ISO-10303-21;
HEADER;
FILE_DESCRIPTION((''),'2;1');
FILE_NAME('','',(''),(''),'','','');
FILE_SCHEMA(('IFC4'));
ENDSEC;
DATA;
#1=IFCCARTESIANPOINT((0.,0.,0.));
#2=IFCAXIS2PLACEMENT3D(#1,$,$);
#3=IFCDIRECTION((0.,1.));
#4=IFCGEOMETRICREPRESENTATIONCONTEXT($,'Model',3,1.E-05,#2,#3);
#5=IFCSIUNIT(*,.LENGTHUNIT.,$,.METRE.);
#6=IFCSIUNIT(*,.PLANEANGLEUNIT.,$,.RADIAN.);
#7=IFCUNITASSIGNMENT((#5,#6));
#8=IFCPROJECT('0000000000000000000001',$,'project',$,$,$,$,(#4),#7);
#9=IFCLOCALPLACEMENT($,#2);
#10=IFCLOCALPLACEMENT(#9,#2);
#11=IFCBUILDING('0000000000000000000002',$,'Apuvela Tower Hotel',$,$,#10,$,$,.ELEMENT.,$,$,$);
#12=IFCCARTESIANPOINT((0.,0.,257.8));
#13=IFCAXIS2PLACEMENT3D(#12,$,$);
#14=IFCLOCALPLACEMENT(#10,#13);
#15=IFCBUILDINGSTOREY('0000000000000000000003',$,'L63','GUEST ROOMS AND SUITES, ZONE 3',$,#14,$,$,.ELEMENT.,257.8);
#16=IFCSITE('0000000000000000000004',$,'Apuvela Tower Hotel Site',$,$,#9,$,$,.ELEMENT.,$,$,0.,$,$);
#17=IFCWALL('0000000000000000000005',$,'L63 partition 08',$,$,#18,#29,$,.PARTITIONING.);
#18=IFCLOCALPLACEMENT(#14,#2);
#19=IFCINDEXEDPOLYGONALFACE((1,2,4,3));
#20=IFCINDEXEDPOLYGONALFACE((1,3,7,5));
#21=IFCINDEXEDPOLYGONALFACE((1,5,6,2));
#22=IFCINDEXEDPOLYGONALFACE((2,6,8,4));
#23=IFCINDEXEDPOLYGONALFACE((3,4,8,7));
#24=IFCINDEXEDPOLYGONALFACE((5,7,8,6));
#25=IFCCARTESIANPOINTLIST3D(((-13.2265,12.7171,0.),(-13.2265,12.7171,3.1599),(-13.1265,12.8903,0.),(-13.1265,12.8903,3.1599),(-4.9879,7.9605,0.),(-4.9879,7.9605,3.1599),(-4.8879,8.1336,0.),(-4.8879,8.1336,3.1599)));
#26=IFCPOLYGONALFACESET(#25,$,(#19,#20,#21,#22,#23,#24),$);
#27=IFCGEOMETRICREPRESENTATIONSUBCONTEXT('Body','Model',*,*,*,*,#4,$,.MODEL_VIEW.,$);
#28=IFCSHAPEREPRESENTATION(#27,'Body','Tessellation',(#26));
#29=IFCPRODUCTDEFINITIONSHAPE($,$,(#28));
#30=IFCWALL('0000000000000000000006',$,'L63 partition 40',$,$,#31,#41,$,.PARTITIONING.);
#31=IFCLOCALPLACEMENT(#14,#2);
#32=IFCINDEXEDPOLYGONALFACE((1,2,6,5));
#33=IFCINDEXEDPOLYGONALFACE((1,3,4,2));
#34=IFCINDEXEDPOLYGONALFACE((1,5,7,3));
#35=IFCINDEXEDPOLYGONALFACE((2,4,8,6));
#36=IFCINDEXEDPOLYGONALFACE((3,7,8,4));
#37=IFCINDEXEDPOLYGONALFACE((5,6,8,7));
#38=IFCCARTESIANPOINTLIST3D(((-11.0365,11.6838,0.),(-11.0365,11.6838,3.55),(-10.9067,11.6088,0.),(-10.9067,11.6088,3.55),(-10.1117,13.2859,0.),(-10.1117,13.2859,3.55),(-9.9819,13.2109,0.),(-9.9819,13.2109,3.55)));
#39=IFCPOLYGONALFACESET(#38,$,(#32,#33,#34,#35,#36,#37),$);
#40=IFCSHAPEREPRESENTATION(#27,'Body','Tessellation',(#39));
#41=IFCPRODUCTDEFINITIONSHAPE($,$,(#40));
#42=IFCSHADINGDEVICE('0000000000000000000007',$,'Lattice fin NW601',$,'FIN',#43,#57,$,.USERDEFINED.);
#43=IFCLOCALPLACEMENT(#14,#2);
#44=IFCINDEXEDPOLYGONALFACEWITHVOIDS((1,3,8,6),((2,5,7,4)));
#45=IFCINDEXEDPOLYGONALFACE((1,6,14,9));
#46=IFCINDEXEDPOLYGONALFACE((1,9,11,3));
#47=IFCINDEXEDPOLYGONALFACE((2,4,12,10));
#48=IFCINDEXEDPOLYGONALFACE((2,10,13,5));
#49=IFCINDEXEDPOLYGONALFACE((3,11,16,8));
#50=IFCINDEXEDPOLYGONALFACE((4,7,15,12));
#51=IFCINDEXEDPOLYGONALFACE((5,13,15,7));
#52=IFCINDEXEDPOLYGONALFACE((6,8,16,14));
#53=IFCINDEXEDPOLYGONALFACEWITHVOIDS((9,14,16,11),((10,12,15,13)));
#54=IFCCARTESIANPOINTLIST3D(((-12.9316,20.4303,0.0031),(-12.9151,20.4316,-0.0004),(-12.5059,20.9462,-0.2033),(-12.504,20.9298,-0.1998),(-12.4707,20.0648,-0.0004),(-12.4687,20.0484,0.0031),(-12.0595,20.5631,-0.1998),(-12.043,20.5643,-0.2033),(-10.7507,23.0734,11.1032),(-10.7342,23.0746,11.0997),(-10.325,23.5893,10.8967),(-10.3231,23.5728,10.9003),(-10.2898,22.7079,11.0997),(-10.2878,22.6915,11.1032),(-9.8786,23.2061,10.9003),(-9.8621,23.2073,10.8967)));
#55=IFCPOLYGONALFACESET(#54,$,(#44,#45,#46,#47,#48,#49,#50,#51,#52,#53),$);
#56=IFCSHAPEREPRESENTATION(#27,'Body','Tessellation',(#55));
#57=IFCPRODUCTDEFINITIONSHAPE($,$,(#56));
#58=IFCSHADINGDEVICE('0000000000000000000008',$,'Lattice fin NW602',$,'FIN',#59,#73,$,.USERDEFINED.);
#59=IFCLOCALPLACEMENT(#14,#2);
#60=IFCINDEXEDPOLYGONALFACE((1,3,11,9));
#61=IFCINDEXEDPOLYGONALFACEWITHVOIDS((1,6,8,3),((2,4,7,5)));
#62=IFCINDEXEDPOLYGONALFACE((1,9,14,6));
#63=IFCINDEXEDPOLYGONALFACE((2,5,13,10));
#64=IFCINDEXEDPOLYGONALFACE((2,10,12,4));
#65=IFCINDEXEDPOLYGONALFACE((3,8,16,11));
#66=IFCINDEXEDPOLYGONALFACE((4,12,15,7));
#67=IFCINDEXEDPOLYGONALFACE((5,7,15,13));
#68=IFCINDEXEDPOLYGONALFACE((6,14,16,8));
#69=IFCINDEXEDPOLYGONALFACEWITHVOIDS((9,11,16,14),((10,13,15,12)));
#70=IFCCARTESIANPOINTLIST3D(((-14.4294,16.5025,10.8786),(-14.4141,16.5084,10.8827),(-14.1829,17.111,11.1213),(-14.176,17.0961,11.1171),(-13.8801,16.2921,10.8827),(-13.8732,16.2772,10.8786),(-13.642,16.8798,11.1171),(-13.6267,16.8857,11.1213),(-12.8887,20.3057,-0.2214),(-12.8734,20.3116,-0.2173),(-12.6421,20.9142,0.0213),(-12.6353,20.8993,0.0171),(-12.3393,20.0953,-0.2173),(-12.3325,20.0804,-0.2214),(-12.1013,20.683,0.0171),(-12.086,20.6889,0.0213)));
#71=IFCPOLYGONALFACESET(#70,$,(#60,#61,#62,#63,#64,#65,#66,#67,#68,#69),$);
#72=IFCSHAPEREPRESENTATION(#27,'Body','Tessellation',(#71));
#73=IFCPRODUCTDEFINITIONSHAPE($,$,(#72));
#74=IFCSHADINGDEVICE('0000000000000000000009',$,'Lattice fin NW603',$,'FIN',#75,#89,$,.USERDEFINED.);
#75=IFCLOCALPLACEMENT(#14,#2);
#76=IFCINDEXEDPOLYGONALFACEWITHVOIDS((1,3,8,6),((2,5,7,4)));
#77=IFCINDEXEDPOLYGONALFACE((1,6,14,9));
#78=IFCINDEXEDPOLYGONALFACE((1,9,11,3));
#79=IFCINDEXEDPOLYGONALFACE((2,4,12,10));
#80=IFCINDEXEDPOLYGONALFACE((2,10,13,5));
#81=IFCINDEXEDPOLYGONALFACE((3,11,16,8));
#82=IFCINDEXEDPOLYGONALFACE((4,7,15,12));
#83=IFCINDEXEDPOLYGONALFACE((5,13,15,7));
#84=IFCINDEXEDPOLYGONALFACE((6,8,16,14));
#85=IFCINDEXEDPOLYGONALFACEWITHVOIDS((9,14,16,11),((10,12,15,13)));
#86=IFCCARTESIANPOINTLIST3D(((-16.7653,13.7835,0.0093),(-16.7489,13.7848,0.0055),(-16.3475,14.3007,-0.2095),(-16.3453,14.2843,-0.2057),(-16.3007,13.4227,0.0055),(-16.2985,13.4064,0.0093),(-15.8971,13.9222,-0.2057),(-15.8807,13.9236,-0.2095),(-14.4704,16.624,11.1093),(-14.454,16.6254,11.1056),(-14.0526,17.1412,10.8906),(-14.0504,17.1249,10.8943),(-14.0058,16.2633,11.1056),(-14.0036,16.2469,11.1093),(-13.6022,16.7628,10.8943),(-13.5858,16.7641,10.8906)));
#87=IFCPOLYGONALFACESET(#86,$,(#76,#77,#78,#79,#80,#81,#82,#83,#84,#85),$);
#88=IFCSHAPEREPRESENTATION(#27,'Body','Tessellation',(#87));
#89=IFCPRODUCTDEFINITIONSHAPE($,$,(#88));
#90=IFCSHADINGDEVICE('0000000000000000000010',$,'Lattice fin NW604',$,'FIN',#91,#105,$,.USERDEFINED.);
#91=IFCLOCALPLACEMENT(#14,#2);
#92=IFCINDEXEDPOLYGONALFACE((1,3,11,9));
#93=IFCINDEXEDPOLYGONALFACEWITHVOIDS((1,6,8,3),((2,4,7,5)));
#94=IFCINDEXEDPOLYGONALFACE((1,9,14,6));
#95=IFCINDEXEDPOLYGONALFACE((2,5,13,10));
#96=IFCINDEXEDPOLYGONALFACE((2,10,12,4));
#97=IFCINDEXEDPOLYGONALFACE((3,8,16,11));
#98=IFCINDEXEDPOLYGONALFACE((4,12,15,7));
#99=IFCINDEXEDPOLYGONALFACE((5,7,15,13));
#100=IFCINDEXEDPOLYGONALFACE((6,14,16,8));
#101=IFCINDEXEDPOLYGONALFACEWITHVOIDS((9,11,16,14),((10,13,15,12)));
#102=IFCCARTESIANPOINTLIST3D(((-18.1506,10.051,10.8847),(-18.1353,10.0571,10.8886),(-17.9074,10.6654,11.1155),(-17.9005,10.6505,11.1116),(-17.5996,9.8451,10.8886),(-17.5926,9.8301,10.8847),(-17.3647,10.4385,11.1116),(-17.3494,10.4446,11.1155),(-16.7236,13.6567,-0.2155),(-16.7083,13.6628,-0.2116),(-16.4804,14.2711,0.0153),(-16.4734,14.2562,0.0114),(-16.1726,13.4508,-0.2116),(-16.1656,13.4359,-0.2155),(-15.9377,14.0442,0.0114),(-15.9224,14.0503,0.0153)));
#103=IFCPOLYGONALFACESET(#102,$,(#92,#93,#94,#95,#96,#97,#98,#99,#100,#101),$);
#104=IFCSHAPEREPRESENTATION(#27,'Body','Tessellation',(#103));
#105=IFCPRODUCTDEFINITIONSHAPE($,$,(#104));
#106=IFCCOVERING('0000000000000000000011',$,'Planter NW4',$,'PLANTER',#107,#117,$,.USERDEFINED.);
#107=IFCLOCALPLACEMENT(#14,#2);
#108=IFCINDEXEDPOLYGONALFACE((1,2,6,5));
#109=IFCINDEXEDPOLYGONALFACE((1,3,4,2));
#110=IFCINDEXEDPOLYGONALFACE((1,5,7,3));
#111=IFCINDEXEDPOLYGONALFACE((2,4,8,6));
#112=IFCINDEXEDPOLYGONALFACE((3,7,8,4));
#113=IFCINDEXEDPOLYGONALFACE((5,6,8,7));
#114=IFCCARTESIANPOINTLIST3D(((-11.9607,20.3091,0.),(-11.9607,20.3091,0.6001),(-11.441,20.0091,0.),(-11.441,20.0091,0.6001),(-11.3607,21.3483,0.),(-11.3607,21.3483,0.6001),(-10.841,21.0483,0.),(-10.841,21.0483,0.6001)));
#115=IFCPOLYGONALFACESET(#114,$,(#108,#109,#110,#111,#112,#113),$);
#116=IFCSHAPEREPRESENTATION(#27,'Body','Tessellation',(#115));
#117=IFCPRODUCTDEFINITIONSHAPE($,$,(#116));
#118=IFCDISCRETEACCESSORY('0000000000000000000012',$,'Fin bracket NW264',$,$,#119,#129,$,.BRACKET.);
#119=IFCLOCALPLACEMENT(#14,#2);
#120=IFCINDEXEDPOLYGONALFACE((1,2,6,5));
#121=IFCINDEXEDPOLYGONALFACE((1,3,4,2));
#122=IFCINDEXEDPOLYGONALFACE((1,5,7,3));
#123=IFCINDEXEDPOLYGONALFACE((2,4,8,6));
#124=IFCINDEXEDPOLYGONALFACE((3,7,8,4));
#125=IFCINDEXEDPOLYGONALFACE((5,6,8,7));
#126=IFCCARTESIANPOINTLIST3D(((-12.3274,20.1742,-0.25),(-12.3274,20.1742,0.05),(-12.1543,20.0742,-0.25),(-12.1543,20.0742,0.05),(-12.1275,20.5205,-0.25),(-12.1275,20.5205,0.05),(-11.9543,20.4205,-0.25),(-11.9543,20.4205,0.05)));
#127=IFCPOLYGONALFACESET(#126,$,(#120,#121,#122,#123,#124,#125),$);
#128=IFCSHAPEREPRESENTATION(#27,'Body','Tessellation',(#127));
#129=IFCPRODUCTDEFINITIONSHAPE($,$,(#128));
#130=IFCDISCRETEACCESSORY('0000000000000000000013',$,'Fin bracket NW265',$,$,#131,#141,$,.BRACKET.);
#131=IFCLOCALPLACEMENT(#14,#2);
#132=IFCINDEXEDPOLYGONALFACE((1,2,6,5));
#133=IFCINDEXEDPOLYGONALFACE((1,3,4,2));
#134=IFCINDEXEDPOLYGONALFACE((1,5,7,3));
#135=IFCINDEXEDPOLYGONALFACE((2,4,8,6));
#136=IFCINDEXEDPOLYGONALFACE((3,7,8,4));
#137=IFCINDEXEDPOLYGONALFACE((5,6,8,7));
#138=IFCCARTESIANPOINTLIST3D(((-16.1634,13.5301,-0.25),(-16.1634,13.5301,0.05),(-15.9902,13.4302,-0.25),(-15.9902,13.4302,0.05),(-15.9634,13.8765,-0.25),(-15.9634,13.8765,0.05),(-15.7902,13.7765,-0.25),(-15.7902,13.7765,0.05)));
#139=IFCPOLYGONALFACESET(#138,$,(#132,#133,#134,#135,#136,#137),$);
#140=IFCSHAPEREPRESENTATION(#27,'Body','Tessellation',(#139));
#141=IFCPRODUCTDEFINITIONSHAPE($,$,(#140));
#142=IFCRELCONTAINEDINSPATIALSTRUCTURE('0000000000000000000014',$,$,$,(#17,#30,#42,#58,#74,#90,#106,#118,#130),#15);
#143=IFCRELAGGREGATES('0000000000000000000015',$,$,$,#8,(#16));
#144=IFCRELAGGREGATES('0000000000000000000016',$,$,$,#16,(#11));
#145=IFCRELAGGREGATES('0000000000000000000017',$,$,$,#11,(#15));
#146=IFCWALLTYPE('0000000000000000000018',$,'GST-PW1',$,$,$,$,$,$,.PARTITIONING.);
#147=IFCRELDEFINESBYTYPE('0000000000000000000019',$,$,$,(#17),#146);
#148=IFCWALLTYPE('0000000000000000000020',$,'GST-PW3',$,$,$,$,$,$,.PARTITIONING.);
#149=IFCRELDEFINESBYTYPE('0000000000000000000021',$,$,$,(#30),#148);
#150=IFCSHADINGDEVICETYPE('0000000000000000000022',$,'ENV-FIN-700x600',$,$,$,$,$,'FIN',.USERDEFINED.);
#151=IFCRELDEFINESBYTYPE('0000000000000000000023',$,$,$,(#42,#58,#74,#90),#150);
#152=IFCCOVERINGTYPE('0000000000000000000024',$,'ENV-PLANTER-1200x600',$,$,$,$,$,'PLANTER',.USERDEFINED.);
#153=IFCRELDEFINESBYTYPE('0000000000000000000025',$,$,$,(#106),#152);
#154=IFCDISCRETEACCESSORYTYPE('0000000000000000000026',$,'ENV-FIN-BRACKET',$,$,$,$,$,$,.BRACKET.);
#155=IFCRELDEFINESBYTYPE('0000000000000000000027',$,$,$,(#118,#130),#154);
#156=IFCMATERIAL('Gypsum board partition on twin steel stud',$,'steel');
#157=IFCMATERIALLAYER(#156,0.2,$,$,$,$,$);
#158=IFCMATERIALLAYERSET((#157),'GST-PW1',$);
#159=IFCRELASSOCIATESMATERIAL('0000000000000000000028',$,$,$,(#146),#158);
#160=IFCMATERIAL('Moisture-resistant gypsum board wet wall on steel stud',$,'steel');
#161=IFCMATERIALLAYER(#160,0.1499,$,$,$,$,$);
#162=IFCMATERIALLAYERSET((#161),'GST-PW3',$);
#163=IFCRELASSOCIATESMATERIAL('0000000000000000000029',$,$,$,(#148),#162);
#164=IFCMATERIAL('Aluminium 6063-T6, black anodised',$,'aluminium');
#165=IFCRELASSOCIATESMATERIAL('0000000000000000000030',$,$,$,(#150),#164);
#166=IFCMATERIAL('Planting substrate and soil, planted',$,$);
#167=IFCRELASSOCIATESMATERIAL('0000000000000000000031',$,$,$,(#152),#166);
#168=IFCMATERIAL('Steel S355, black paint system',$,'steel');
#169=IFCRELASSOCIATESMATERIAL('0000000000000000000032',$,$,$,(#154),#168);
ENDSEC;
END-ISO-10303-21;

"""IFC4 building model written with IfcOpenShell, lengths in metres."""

from ifc_helpers import new_model, si_unit, direction, frame, frame_2d, origin, origin_2d, place, context, subcontext, project, spatial, rectangle, hollow_rectangle, extrude, material, layer, layer_set, material_profile, profile_set, type_object, element, save


model = new_model("IFC4")

# Units and contexts
model_context = context("Model", 3, precision=1e-05, world=origin(), true_north=direction((0.0, 1.0)))
body_context = subcontext(model_context, "Body", "Model", "MODEL_VIEW")
ifc_project = project(units=[si_unit("LENGTHUNIT", "METRE"), si_unit("PLANEANGLEUNIT", "RADIAN")], contexts=[model_context])

# Site, building, storey
site_placement = place(None, origin())
site = spatial("IfcSite", under=ifc_project, at=site_placement, Name="Apuvela Tower Hotel Site", CompositionType="ELEMENT", RefElevation=0.0)
building_placement = place(site_placement, origin())
building = spatial("IfcBuilding", under=site, at=building_placement, Name="Apuvela Tower Hotel", CompositionType="ELEMENT")
storey_placement = place(building_placement, frame((0.0, 0.0, 257.8)))
storey = spatial("IfcBuildingStorey", under=building, at=storey_placement, Name="L63", Description="GUEST ROOMS AND SUITES, ZONE 3", CompositionType="ELEMENT", Elevation=257.8)

# Walls
ifc_material_1 = material(Name="Gypsum board partition on twin steel stud", Category="steel")
ifc_layer_1 = layer(ifc_material_1, 0.2)
ifc_layer_set_1 = layer_set([ifc_layer_1], Name="GST-PW1")
wall_type_1 = type_object("IfcWallType", Name="GST-PW1", PredefinedType="PARTITIONING", material=ifc_layer_set_1)
wall_1_placement = place(storey_placement, frame((-13.1765, 12.8037, 0.0), z_axis=(0.0, 0.0, 1.0), x_axis=(0.866022, -0.500006, 0.0)))
element("IfcWall", 1, at=wall_1_placement, inside=storey, type_object=wall_type_1, Name="L63 partition 08", PredefinedType="PARTITIONING", context=body_context, shape_type="SweptSolid", body=[
    extrude(rectangle(XDim=9.5132, YDim=0.2, at=frame_2d((4.7566, 0.0))), origin(), (0.0, 0.0, 1.0), 3.1599),
])
ifc_material_2 = material(Name="Moisture-resistant gypsum board wet wall on steel stud", Category="steel")
ifc_layer_2 = layer(ifc_material_2, 0.1499)
ifc_layer_set_2 = layer_set([ifc_layer_2], Name="GST-PW3")
wall_type_2 = type_object("IfcWallType", Name="GST-PW3", PredefinedType="PARTITIONING", material=ifc_layer_set_2)
wall_2_placement = place(storey_placement, frame((-10.0469, 13.2483, 0.0), z_axis=(0.0, 0.0, 1.0), x_axis=(-0.499943, -0.866058, 0.0)))
element("IfcWall", 2, at=wall_2_placement, inside=storey, type_object=wall_type_2, Name="L63 partition 40", PredefinedType="PARTITIONING", context=body_context, shape_type="SweptSolid", body=[
    extrude(rectangle(XDim=1.8499, YDim=0.1499, at=frame_2d((0.9248, 0.0))), origin(), (0.0, 0.0, 1.0), 3.55),
])

# Shading devices
ifc_material_3 = material(Name="Aluminium 6063-T6, black anodised", Category="aluminium")
ifc_material_profile_1 = material_profile(ifc_material_3, hollow_rectangle(XDim=0.6001, YDim=0.7, WallThickness=0.012, at=origin_2d()), Name="AL BOX 700x600x12")
ifc_profile_set_1 = profile_set([ifc_material_profile_1], Name="Aluminium 6063-T6, black anodised")
shading_device_type = type_object("IfcShadingDeviceType", Name="ENV-FIN-700x600", ElementType="FIN", PredefinedType="USERDEFINED", material=ifc_profile_set_1)
shading_device_1_placement = place(storey_placement, frame((-12.4873, 20.4973, -0.1001), z_axis=(0.187734, 0.227517, 0.955506), x_axis=(-0.771319, 0.636449, 0.0)))
element("IfcShadingDevice", 3, at=shading_device_1_placement, inside=storey, type_object=shading_device_type, Name="Lattice fin NW601", ObjectType="FIN", PredefinedType="USERDEFINED", context=body_context, shape_type="SweptSolid", body=[
    extrude(hollow_rectangle(XDim=0.6001, YDim=0.7, WallThickness=0.012, at=origin_2d()), origin(), (0.0, 0.0, 1.0), 11.6169),
])
shading_device_2_placement = place(storey_placement, frame((-12.4873, 20.4973, -0.1001), z_axis=(-0.130195, -0.321373, 0.93796), x_axis=(0.926831, -0.37548, 0.0)))
element("IfcShadingDevice", 4, at=shading_device_2_placement, inside=storey, type_object=shading_device_type, Name="Lattice fin NW602", ObjectType="FIN", PredefinedType="USERDEFINED", context=body_context, shape_type="SweptSolid", body=[
    extrude(hollow_rectangle(XDim=0.6001, YDim=0.7, WallThickness=0.012, at=origin_2d()), origin(), (0.0, 0.0, 1.0), 11.8342),
])
shading_device_3_placement = place(storey_placement, frame((-16.323, 13.8535, -0.1001), z_axis=(0.196393, 0.243088, 0.949915), x_axis=(-0.777859, 0.628438, 0.0)))
element("IfcShadingDevice", 5, at=shading_device_3_placement, inside=storey, type_object=shading_device_type, Name="Lattice fin NW603", ObjectType="FIN", PredefinedType="USERDEFINED", context=body_context, shape_type="SweptSolid", body=[
    extrude(hollow_rectangle(XDim=0.6001, YDim=0.7, WallThickness=0.012, at=origin_2d()), origin(), (0.0, 0.0, 1.0), 11.6853),
])
shading_device_4_placement = place(storey_placement, frame((-16.323, 13.8535, -0.1001), z_axis=(-0.121365, -0.306661, 0.944049), x_axis=(0.92983, -0.367991, 0.0)))
element("IfcShadingDevice", 6, at=shading_device_4_placement, inside=storey, type_object=shading_device_type, Name="Lattice fin NW604", ObjectType="FIN", PredefinedType="USERDEFINED", context=body_context, shape_type="SweptSolid", body=[
    extrude(hollow_rectangle(XDim=0.6001, YDim=0.7, WallThickness=0.012, at=origin_2d()), origin(), (0.0, 0.0, 1.0), 11.7581),
])

# Covering
ifc_material_4 = material(Name="Planting substrate and soil, planted")
covering_type = type_object("IfcCoveringType", Name="ENV-PLANTER-1200x600", ElementType="PLANTER", PredefinedType="USERDEFINED", material=ifc_material_4)
covering_placement = place(storey_placement, frame((-11.4009, 20.6787, 0.0), z_axis=(0.0, 0.0, 1.0), x_axis=(-0.5, -0.866025, 0.0)))
element("IfcCovering", 7, at=covering_placement, inside=storey, type_object=covering_type, Name="Planter NW4", ObjectType="PLANTER", PredefinedType="USERDEFINED", context=body_context, shape_type="SweptSolid", body=[
    extrude(rectangle(XDim=1.2, YDim=0.6001, at=origin_2d()), origin(), (0.0, 0.0, 1.0), 0.6001),
])

# Discrete accessories
ifc_material_5 = material(Name="Steel S355, black paint system", Category="steel")
discrete_accessory_type = type_object("IfcDiscreteAccessoryType", Name="ENV-FIN-BRACKET", PredefinedType="BRACKET", material=ifc_material_5)
for number, where, z_axis, x_axis, name in (
    (8, (-12.1409, 20.2974, -0.25), (0.0, 0.0, 1.0), (-0.5, -0.866025, 0.0), "Fin bracket NW264"),
    (9, (-15.9768, 13.6533, -0.25), (0.0, 0.0, 1.0), (-0.5, -0.866025, 0.0), "Fin bracket NW265"),
):
    element("IfcDiscreteAccessory", number, at=place(storey_placement, frame(where, z_axis=z_axis, x_axis=x_axis)), inside=storey, type_object=discrete_accessory_type, Name=name, PredefinedType="BRACKET", context=body_context, shape_type="SweptSolid", body=[
        extrude(rectangle(XDim=0.3999, YDim=0.2, at=origin_2d()), origin(), (0.0, 0.0, 1.0), 0.3),
    ])

save(model, "model.ifc")
